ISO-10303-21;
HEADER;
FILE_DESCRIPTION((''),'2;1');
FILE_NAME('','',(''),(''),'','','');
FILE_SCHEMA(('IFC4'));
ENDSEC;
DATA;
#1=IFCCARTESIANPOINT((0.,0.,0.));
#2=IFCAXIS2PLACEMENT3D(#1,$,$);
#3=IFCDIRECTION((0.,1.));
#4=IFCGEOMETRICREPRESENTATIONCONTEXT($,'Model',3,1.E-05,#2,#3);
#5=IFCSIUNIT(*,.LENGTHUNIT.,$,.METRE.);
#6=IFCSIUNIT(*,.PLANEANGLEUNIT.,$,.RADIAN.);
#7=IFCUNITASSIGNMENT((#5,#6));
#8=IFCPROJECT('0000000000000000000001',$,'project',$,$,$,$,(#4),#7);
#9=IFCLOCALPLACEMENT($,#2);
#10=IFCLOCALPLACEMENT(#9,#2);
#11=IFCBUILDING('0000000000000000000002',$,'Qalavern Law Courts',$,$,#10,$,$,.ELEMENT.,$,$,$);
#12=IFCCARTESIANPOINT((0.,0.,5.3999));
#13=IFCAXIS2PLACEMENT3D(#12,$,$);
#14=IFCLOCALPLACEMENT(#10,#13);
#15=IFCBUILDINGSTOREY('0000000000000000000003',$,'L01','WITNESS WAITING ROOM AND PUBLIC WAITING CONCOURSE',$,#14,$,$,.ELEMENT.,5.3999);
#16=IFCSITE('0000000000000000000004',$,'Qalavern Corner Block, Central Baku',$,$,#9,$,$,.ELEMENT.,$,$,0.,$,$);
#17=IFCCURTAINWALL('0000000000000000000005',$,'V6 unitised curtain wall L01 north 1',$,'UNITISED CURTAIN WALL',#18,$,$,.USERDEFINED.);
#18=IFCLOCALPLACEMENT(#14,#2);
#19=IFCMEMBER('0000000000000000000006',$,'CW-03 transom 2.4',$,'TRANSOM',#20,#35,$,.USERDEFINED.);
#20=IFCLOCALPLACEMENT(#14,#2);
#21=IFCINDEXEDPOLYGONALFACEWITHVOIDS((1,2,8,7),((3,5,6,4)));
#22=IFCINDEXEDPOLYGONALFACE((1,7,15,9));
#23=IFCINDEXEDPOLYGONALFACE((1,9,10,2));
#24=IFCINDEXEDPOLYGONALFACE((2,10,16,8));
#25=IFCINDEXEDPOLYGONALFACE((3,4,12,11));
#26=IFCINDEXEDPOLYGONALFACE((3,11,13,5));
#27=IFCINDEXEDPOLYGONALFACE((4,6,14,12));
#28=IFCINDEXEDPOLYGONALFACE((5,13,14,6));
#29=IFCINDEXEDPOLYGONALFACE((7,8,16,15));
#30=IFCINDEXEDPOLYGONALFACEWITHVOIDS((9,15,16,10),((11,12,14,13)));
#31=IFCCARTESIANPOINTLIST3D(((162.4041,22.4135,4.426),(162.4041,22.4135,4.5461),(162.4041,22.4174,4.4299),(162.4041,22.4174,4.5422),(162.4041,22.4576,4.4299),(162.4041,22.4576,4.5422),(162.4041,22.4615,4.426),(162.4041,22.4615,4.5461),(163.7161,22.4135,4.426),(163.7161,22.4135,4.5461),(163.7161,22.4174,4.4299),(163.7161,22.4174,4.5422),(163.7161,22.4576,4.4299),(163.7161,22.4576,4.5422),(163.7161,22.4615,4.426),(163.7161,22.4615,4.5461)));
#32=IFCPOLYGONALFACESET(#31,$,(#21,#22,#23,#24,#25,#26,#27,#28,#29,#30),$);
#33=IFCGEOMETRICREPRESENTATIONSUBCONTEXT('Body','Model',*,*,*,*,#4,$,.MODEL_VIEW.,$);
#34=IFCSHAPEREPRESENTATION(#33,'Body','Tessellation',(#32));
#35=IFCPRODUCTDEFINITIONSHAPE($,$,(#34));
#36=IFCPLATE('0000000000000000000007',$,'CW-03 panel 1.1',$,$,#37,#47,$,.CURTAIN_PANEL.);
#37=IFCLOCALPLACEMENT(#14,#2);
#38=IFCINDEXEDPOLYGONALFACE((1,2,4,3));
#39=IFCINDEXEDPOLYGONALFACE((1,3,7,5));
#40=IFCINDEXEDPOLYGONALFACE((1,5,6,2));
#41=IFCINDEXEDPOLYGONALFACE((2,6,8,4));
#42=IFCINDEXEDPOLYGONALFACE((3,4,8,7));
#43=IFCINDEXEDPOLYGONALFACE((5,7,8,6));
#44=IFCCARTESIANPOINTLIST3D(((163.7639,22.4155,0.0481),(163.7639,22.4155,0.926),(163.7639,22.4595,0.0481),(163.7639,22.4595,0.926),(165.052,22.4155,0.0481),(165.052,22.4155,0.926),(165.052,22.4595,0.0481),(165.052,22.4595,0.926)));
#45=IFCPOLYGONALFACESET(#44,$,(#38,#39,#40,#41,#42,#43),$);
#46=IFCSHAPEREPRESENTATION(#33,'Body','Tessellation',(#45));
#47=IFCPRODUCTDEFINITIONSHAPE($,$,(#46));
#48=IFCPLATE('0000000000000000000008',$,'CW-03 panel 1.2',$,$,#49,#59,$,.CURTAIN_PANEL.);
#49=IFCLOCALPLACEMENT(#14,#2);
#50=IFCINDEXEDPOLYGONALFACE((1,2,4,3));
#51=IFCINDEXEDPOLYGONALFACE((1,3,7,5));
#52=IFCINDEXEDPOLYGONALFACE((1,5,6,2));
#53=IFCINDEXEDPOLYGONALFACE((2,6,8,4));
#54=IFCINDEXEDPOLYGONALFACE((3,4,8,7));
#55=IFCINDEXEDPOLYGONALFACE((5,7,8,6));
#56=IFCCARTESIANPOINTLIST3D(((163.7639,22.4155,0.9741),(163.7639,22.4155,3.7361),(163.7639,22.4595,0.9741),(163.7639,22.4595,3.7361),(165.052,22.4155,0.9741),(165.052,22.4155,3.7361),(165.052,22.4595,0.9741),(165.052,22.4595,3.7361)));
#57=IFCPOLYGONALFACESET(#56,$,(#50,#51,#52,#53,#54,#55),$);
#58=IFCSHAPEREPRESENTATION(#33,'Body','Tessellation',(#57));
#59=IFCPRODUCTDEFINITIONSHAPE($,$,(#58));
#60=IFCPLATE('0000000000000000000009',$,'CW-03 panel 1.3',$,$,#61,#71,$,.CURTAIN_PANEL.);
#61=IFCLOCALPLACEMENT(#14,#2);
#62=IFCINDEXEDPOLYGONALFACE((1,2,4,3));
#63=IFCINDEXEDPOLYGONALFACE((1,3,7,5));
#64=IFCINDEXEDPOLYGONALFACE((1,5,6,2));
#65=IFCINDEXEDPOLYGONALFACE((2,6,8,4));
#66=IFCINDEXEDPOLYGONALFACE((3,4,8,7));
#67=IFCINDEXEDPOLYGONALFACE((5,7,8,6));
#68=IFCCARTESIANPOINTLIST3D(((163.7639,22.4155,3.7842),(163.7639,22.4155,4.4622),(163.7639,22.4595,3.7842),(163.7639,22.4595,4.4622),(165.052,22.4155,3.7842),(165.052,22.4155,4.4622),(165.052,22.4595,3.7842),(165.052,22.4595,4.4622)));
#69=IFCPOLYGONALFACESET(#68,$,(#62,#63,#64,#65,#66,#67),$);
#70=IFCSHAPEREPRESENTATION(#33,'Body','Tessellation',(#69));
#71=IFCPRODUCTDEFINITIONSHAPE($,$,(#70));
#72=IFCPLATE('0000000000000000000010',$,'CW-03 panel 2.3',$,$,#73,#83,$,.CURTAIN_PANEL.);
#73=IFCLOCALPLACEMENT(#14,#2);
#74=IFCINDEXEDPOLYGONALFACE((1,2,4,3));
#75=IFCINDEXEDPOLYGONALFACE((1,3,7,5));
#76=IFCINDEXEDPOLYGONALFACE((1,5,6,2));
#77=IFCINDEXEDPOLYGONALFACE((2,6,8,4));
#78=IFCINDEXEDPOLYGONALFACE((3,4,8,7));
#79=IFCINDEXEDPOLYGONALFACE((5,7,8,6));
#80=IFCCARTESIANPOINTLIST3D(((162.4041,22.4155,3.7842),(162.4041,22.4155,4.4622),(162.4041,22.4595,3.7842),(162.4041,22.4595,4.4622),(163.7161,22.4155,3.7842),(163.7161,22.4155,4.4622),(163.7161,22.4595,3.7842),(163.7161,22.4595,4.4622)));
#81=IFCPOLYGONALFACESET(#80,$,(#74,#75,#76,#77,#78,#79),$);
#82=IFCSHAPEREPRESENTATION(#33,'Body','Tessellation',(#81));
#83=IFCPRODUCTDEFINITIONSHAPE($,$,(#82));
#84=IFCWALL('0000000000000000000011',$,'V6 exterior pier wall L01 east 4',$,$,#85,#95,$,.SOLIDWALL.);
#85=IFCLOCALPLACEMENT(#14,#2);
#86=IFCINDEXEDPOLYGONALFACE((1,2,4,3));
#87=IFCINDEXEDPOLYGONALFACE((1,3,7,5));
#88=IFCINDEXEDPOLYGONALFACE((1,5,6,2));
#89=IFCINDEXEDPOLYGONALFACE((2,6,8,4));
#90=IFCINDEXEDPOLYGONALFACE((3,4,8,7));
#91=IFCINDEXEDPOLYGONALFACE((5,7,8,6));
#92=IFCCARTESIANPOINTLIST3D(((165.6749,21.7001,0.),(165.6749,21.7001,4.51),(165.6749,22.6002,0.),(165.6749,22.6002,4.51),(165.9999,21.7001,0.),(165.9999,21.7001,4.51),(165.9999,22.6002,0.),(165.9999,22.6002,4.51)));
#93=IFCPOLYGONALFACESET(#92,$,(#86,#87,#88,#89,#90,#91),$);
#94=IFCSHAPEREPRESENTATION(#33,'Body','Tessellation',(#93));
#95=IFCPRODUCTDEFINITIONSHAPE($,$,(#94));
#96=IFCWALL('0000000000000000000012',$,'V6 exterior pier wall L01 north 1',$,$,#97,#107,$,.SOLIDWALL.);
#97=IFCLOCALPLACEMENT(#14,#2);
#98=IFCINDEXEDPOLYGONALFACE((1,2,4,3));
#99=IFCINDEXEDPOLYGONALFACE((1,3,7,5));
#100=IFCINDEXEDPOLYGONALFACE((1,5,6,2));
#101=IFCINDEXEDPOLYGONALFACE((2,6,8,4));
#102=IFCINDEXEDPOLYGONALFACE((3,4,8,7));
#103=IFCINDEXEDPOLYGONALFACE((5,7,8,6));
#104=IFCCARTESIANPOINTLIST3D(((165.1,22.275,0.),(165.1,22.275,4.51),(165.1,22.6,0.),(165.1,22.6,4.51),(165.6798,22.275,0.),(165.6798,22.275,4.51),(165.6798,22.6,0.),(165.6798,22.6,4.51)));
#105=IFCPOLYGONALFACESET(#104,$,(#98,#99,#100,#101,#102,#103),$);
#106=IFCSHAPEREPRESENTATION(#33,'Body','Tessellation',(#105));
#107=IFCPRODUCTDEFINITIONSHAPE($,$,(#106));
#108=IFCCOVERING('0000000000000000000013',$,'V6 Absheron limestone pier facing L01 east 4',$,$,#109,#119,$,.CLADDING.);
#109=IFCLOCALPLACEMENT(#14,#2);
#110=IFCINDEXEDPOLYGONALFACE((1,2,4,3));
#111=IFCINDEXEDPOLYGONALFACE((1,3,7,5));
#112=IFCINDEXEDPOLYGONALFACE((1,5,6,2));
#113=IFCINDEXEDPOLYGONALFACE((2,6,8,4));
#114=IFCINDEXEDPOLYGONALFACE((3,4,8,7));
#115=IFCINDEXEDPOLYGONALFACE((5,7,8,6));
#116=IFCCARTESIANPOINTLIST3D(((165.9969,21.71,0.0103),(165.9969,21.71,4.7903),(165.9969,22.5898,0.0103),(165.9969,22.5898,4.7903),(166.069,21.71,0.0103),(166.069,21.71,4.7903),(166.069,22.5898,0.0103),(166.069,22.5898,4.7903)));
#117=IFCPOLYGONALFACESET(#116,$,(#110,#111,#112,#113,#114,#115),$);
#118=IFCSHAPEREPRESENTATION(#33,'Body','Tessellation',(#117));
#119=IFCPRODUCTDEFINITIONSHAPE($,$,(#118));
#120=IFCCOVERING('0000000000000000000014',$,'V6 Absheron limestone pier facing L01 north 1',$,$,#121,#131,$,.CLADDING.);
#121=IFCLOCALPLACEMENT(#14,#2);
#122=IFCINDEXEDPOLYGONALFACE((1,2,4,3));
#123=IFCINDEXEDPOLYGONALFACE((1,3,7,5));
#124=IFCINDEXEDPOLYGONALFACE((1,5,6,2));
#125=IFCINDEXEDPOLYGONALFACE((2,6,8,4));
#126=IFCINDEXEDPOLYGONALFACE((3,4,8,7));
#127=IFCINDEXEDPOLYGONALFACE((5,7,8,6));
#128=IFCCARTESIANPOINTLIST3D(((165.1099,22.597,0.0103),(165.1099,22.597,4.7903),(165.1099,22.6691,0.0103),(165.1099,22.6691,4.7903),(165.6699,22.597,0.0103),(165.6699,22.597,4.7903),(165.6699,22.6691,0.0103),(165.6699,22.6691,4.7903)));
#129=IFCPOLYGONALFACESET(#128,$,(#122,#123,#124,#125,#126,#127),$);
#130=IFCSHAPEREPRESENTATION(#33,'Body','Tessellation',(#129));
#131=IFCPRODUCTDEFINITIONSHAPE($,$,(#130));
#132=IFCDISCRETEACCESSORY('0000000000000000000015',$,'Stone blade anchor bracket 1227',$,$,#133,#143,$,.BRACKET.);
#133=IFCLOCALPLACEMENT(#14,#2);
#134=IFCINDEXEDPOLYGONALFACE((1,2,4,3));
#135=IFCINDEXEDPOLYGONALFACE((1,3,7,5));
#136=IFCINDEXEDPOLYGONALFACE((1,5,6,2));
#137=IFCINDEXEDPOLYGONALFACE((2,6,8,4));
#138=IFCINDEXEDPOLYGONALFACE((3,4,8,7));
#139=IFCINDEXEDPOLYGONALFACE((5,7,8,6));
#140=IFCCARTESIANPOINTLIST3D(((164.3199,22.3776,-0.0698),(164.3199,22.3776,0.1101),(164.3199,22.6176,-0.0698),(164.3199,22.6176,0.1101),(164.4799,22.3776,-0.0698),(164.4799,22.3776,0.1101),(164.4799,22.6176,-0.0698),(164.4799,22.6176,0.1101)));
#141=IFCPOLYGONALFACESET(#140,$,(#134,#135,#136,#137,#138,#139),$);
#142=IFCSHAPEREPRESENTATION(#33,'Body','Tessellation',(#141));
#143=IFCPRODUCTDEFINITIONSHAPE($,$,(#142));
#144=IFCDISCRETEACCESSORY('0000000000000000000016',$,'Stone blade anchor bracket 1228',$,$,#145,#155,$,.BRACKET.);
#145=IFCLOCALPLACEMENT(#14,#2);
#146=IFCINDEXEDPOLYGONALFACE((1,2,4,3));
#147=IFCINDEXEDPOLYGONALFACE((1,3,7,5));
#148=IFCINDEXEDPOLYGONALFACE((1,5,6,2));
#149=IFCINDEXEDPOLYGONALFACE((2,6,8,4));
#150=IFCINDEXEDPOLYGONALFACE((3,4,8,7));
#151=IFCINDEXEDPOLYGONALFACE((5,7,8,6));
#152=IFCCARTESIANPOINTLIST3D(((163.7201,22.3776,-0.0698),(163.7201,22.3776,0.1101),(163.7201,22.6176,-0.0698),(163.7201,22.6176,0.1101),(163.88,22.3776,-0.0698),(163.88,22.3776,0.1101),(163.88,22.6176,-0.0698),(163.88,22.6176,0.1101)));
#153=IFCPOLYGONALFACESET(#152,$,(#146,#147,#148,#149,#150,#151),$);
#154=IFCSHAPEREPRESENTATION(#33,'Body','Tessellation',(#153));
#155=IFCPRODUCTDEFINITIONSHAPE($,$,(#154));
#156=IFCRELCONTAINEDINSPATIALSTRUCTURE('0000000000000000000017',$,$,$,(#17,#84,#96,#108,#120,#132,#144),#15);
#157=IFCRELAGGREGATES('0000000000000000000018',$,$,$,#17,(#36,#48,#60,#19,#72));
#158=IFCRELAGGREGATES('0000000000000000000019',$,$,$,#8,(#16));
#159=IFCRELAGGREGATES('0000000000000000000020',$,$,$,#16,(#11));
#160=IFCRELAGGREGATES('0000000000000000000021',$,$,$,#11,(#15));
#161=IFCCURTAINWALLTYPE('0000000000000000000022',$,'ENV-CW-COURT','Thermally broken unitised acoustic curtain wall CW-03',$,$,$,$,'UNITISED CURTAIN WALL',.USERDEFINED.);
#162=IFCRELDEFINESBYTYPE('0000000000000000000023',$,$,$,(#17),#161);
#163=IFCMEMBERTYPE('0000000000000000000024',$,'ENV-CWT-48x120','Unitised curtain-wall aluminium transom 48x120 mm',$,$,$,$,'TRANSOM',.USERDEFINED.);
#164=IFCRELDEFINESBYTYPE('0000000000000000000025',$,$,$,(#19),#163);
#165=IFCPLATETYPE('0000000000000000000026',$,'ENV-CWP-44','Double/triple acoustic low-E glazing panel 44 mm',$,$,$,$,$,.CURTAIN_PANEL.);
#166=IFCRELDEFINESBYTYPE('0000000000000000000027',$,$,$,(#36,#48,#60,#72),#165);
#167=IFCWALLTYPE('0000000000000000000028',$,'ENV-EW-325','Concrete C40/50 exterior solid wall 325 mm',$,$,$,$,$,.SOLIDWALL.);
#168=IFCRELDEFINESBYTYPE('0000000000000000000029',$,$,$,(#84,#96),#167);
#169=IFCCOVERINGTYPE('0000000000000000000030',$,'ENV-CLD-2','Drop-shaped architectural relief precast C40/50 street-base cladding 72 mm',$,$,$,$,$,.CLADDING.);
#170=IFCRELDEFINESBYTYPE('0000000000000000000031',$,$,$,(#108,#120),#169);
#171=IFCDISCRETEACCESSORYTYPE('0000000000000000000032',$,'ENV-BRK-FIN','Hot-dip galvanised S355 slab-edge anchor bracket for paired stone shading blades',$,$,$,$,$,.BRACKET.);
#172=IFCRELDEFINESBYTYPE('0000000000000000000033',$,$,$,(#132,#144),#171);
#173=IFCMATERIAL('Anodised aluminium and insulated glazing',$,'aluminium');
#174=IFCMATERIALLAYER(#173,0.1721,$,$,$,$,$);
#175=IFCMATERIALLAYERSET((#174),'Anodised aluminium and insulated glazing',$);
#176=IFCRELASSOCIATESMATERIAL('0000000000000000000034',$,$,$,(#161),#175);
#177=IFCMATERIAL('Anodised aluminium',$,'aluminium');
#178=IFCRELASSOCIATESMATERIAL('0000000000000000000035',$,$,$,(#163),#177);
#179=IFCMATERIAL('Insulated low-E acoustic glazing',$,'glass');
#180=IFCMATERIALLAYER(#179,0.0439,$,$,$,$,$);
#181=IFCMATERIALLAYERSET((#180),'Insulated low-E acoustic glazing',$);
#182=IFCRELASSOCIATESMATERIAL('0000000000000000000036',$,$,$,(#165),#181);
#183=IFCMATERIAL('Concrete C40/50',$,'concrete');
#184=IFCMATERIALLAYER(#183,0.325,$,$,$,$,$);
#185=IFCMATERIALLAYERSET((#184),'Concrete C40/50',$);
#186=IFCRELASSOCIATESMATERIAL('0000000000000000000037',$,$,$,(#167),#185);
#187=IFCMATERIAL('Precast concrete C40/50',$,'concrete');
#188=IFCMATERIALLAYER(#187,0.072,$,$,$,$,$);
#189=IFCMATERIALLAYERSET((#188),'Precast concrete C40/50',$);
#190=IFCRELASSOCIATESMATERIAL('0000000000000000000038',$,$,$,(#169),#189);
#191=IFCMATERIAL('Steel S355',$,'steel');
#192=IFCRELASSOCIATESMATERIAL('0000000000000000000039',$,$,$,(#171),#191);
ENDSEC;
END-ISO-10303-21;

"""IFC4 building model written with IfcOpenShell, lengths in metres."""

from ifc_helpers import new_model, si_unit, direction, frame, frame_2d, origin, origin_2d, place, context, subcontext, project, spatial, rectangle, hollow_rectangle, extrude, material, layer, layer_set, material_profile, profile_set, type_object, element, aggregate, save


model = new_model("IFC4")

# Units and contexts
model_context = context("Model", 3, precision=1e-05, world=origin(), true_north=direction((0.0, 1.0)))
body_context = subcontext(model_context, "Body", "Model", "MODEL_VIEW")
ifc_project = project(units=[si_unit("LENGTHUNIT", "METRE"), si_unit("PLANEANGLEUNIT", "RADIAN")], contexts=[model_context])

# Site, building, storey
site_placement = place(None, origin())
site = spatial("IfcSite", under=ifc_project, at=site_placement, Name="Qalavern Corner Block, Central Baku", CompositionType="ELEMENT", RefElevation=0.0)
building_placement = place(site_placement, origin())
building = spatial("IfcBuilding", under=site, at=building_placement, Name="Qalavern Law Courts", CompositionType="ELEMENT")
storey_placement = place(building_placement, frame((0.0, 0.0, 5.3999)))
storey = spatial("IfcBuildingStorey", under=building, at=storey_placement, Name="L01", Description="WITNESS WAITING ROOM AND PUBLIC WAITING CONCOURSE", CompositionType="ELEMENT", Elevation=5.3999)

# Shared definitions
ifc_material_1 = material(Name="Anodised aluminium and insulated glazing", Category="aluminium")
ifc_layer_1 = layer(ifc_material_1, 0.1721)
ifc_layer_set_1 = layer_set([ifc_layer_1], Name="Anodised aluminium and insulated glazing")
curtain_wall_type = type_object("IfcCurtainWallType", Name="ENV-CW-COURT", Description="Thermally broken unitised acoustic curtain wall CW-03", ElementType="UNITISED CURTAIN WALL", PredefinedType="USERDEFINED", material=ifc_layer_set_1)
ifc_material_2 = material(Name="Anodised aluminium", Category="aluminium")

# Curtain wall, member, plates
curtain_wall_1_placement = place(storey_placement, origin())
curtain_wall_1 = element("IfcCurtainWall", 1, at=curtain_wall_1_placement, inside=storey, type_object=curtain_wall_type, Name="V6 unitised curtain wall L01 north 1", ObjectType="UNITISED CURTAIN WALL", PredefinedType="USERDEFINED")
ifc_material_profile_1 = material_profile(ifc_material_2, hollow_rectangle(XDim=0.0481, YDim=0.1201, WallThickness=0.0039, at=origin_2d()), Name="ALU TRANSOM 48x120")
ifc_profile_set_1 = profile_set([ifc_material_profile_1], Name="Anodised aluminium")
member_type_1 = type_object("IfcMemberType", Name="ENV-CWT-48x120", Description="Unitised curtain-wall aluminium transom 48x120 mm", ElementType="TRANSOM", PredefinedType="USERDEFINED", material=ifc_profile_set_1)
member_1_placement = place(storey_placement, frame((163.7161, 22.4375, 4.4861), z_axis=(-1.0, 0.0, 0.0), x_axis=(0.0, -1.0, 0.0)))
member_1 = element("IfcMember", 2, at=member_1_placement, type_object=member_type_1, Name="CW-03 transom 2.4", ObjectType="TRANSOM", PredefinedType="USERDEFINED", context=body_context, shape_type="SweptSolid", body=[
    extrude(hollow_rectangle(XDim=0.0481, YDim=0.1201, WallThickness=0.0039, at=origin_2d()), origin(), (0.0, 0.0, 1.0), 1.312),
])
ifc_material_3 = material(Name="Insulated low-E acoustic glazing", Category="glass")
ifc_layer_2 = layer(ifc_material_3, 0.0439)
ifc_layer_set_2 = layer_set([ifc_layer_2], Name="Insulated low-E acoustic glazing")
plate_type = type_object("IfcPlateType", Name="ENV-CWP-44", Description="Double/triple acoustic low-E glazing panel 44 mm", PredefinedType="CURTAIN_PANEL", material=ifc_layer_set_2)
plate_1_placement = place(storey_placement, frame((164.408, 22.4375, 0.0481), z_axis=(0.0, 0.0, 1.0), x_axis=(-1.0, 0.0, 0.0)))
plate_1 = element("IfcPlate", 3, at=plate_1_placement, type_object=plate_type, Name="CW-03 panel 1.1", PredefinedType="CURTAIN_PANEL", context=body_context, shape_type="SweptSolid", body=[
    extrude(rectangle(XDim=1.2881, YDim=0.0439, at=origin_2d()), origin(), (0.0, 0.0, 1.0), 0.8779),
])
plate_2_placement = place(storey_placement, frame((164.408, 22.4375, 0.9741), z_axis=(0.0, 0.0, 1.0), x_axis=(-1.0, 0.0, 0.0)))
plate_2 = element("IfcPlate", 4, at=plate_2_placement, type_object=plate_type, Name="CW-03 panel 1.2", PredefinedType="CURTAIN_PANEL", context=body_context, shape_type="SweptSolid", body=[
    extrude(rectangle(XDim=1.2881, YDim=0.0439, at=origin_2d()), origin(), (0.0, 0.0, 1.0), 2.762),
])
plate_3_placement = place(storey_placement, frame((164.408, 22.4375, 3.7842), z_axis=(0.0, 0.0, 1.0), x_axis=(-1.0, 0.0, 0.0)))
plate_3 = element("IfcPlate", 5, at=plate_3_placement, type_object=plate_type, Name="CW-03 panel 1.3", PredefinedType="CURTAIN_PANEL", context=body_context, shape_type="SweptSolid", body=[
    extrude(rectangle(XDim=1.2881, YDim=0.0439, at=origin_2d()), origin(), (0.0, 0.0, 1.0), 0.678),
])
plate_4_placement = place(storey_placement, frame((163.0601, 22.4375, 3.7842), z_axis=(0.0, 0.0, 1.0), x_axis=(-1.0, 0.0, 0.0)))
plate_4 = element("IfcPlate", 6, at=plate_4_placement, type_object=plate_type, Name="CW-03 panel 2.3", PredefinedType="CURTAIN_PANEL", context=body_context, shape_type="SweptSolid", body=[
    extrude(rectangle(XDim=1.312, YDim=0.0439, at=origin_2d()), origin(), (0.0, 0.0, 1.0), 0.678),
])
aggregate(curtain_wall_1, [plate_1, plate_2, plate_3, member_1, plate_4])

# Walls
ifc_material_4 = material(Name="Concrete C40/50", Category="concrete")
ifc_layer_3 = layer(ifc_material_4, 0.325)
ifc_layer_set_3 = layer_set([ifc_layer_3], Name="Concrete C40/50")
wall_type = type_object("IfcWallType", Name="ENV-EW-325", Description="Concrete C40/50 exterior solid wall 325 mm", PredefinedType="SOLIDWALL", material=ifc_layer_set_3)
wall_1_placement = place(storey_placement, frame((165.8374, 21.7, 0.0), z_axis=(0.0, 0.0, 1.0), x_axis=(0.0, 1.0, 0.0)))
element("IfcWall", 7, at=wall_1_placement, inside=storey, type_object=wall_type, Name="V6 exterior pier wall L01 east 4", PredefinedType="SOLIDWALL", context=body_context, shape_type="SweptSolid", body=[
    extrude(rectangle(XDim=0.9001, YDim=0.325, at=frame_2d((0.4502, 0.0))), origin(), (0.0, 0.0, 1.0), 4.51),
])
wall_2_placement = place(storey_placement, frame((165.6799, 22.4375, 0.0), z_axis=(0.0, 0.0, 1.0), x_axis=(-1.0, 0.0, 0.0)))
element("IfcWall", 8, at=wall_2_placement, inside=storey, type_object=wall_type, Name="V6 exterior pier wall L01 north 1", PredefinedType="SOLIDWALL", context=body_context, shape_type="SweptSolid", body=[
    extrude(rectangle(XDim=0.5798, YDim=0.325, at=frame_2d((0.29, 0.0))), origin(), (0.0, 0.0, 1.0), 4.51),
])

# Coverings
ifc_material_5 = material(Name="Precast concrete C40/50", Category="concrete")
ifc_layer_4 = layer(ifc_material_5, 0.072)
ifc_layer_set_4 = layer_set([ifc_layer_4], Name="Precast concrete C40/50")
covering_type = type_object("IfcCoveringType", Name="ENV-CLD-2", Description="Drop-shaped architectural relief precast C40/50 street-base cladding 72 mm", PredefinedType="CLADDING", material=ifc_layer_set_4)
covering_1_placement = place(storey_placement, frame((166.033, 22.1499, 0.0103), z_axis=(0.0, 0.0, 1.0), x_axis=(0.0, 1.0, 0.0)))
element("IfcCovering", 9, at=covering_1_placement, inside=storey, type_object=covering_type, Name="V6 Absheron limestone pier facing L01 east 4", PredefinedType="CLADDING", context=body_context, shape_type="SweptSolid", body=[
    extrude(rectangle(XDim=0.8799, YDim=0.072, at=origin_2d()), origin(), (0.0, 0.0, 1.0), 4.78),
])
covering_2_placement = place(storey_placement, frame((165.3899, 22.6331, 0.0103), z_axis=(0.0, 0.0, 1.0), x_axis=(-1.0, 0.0, 0.0)))
element("IfcCovering", 10, at=covering_2_placement, inside=storey, type_object=covering_type, Name="V6 Absheron limestone pier facing L01 north 1", PredefinedType="CLADDING", context=body_context, shape_type="SweptSolid", body=[
    extrude(rectangle(XDim=0.5601, YDim=0.072, at=origin_2d()), origin(), (0.0, 0.0, 1.0), 4.78),
])

# Discrete accessories
ifc_material_6 = material(Name="Steel S355", Category="steel")
discrete_accessory_type = type_object("IfcDiscreteAccessoryType", Name="ENV-BRK-FIN", Description="Hot-dip galvanised S355 slab-edge anchor bracket for paired stone shading blades", PredefinedType="BRACKET", material=ifc_material_6)
for number, where, z_axis, x_axis, name in (
    (11, (164.3999, 22.4976, -0.0698), (0.0, 0.0, 1.0), (0.0, 1.0, 0.0), "Stone blade anchor bracket 1227"),
    (12, (163.8, 22.4976, -0.0698), (0.0, 0.0, 1.0), (0.0, 1.0, 0.0), "Stone blade anchor bracket 1228"),
):
    element("IfcDiscreteAccessory", number, at=place(storey_placement, frame(where, z_axis=z_axis, x_axis=x_axis)), inside=storey, type_object=discrete_accessory_type, Name=name, PredefinedType="BRACKET", context=body_context, shape_type="SweptSolid", body=[
        extrude(rectangle(XDim=0.24, YDim=0.1599, at=origin_2d()), origin(), (0.0, 0.0, 1.0), 0.1799),
    ])

save(model, "model.ifc")
